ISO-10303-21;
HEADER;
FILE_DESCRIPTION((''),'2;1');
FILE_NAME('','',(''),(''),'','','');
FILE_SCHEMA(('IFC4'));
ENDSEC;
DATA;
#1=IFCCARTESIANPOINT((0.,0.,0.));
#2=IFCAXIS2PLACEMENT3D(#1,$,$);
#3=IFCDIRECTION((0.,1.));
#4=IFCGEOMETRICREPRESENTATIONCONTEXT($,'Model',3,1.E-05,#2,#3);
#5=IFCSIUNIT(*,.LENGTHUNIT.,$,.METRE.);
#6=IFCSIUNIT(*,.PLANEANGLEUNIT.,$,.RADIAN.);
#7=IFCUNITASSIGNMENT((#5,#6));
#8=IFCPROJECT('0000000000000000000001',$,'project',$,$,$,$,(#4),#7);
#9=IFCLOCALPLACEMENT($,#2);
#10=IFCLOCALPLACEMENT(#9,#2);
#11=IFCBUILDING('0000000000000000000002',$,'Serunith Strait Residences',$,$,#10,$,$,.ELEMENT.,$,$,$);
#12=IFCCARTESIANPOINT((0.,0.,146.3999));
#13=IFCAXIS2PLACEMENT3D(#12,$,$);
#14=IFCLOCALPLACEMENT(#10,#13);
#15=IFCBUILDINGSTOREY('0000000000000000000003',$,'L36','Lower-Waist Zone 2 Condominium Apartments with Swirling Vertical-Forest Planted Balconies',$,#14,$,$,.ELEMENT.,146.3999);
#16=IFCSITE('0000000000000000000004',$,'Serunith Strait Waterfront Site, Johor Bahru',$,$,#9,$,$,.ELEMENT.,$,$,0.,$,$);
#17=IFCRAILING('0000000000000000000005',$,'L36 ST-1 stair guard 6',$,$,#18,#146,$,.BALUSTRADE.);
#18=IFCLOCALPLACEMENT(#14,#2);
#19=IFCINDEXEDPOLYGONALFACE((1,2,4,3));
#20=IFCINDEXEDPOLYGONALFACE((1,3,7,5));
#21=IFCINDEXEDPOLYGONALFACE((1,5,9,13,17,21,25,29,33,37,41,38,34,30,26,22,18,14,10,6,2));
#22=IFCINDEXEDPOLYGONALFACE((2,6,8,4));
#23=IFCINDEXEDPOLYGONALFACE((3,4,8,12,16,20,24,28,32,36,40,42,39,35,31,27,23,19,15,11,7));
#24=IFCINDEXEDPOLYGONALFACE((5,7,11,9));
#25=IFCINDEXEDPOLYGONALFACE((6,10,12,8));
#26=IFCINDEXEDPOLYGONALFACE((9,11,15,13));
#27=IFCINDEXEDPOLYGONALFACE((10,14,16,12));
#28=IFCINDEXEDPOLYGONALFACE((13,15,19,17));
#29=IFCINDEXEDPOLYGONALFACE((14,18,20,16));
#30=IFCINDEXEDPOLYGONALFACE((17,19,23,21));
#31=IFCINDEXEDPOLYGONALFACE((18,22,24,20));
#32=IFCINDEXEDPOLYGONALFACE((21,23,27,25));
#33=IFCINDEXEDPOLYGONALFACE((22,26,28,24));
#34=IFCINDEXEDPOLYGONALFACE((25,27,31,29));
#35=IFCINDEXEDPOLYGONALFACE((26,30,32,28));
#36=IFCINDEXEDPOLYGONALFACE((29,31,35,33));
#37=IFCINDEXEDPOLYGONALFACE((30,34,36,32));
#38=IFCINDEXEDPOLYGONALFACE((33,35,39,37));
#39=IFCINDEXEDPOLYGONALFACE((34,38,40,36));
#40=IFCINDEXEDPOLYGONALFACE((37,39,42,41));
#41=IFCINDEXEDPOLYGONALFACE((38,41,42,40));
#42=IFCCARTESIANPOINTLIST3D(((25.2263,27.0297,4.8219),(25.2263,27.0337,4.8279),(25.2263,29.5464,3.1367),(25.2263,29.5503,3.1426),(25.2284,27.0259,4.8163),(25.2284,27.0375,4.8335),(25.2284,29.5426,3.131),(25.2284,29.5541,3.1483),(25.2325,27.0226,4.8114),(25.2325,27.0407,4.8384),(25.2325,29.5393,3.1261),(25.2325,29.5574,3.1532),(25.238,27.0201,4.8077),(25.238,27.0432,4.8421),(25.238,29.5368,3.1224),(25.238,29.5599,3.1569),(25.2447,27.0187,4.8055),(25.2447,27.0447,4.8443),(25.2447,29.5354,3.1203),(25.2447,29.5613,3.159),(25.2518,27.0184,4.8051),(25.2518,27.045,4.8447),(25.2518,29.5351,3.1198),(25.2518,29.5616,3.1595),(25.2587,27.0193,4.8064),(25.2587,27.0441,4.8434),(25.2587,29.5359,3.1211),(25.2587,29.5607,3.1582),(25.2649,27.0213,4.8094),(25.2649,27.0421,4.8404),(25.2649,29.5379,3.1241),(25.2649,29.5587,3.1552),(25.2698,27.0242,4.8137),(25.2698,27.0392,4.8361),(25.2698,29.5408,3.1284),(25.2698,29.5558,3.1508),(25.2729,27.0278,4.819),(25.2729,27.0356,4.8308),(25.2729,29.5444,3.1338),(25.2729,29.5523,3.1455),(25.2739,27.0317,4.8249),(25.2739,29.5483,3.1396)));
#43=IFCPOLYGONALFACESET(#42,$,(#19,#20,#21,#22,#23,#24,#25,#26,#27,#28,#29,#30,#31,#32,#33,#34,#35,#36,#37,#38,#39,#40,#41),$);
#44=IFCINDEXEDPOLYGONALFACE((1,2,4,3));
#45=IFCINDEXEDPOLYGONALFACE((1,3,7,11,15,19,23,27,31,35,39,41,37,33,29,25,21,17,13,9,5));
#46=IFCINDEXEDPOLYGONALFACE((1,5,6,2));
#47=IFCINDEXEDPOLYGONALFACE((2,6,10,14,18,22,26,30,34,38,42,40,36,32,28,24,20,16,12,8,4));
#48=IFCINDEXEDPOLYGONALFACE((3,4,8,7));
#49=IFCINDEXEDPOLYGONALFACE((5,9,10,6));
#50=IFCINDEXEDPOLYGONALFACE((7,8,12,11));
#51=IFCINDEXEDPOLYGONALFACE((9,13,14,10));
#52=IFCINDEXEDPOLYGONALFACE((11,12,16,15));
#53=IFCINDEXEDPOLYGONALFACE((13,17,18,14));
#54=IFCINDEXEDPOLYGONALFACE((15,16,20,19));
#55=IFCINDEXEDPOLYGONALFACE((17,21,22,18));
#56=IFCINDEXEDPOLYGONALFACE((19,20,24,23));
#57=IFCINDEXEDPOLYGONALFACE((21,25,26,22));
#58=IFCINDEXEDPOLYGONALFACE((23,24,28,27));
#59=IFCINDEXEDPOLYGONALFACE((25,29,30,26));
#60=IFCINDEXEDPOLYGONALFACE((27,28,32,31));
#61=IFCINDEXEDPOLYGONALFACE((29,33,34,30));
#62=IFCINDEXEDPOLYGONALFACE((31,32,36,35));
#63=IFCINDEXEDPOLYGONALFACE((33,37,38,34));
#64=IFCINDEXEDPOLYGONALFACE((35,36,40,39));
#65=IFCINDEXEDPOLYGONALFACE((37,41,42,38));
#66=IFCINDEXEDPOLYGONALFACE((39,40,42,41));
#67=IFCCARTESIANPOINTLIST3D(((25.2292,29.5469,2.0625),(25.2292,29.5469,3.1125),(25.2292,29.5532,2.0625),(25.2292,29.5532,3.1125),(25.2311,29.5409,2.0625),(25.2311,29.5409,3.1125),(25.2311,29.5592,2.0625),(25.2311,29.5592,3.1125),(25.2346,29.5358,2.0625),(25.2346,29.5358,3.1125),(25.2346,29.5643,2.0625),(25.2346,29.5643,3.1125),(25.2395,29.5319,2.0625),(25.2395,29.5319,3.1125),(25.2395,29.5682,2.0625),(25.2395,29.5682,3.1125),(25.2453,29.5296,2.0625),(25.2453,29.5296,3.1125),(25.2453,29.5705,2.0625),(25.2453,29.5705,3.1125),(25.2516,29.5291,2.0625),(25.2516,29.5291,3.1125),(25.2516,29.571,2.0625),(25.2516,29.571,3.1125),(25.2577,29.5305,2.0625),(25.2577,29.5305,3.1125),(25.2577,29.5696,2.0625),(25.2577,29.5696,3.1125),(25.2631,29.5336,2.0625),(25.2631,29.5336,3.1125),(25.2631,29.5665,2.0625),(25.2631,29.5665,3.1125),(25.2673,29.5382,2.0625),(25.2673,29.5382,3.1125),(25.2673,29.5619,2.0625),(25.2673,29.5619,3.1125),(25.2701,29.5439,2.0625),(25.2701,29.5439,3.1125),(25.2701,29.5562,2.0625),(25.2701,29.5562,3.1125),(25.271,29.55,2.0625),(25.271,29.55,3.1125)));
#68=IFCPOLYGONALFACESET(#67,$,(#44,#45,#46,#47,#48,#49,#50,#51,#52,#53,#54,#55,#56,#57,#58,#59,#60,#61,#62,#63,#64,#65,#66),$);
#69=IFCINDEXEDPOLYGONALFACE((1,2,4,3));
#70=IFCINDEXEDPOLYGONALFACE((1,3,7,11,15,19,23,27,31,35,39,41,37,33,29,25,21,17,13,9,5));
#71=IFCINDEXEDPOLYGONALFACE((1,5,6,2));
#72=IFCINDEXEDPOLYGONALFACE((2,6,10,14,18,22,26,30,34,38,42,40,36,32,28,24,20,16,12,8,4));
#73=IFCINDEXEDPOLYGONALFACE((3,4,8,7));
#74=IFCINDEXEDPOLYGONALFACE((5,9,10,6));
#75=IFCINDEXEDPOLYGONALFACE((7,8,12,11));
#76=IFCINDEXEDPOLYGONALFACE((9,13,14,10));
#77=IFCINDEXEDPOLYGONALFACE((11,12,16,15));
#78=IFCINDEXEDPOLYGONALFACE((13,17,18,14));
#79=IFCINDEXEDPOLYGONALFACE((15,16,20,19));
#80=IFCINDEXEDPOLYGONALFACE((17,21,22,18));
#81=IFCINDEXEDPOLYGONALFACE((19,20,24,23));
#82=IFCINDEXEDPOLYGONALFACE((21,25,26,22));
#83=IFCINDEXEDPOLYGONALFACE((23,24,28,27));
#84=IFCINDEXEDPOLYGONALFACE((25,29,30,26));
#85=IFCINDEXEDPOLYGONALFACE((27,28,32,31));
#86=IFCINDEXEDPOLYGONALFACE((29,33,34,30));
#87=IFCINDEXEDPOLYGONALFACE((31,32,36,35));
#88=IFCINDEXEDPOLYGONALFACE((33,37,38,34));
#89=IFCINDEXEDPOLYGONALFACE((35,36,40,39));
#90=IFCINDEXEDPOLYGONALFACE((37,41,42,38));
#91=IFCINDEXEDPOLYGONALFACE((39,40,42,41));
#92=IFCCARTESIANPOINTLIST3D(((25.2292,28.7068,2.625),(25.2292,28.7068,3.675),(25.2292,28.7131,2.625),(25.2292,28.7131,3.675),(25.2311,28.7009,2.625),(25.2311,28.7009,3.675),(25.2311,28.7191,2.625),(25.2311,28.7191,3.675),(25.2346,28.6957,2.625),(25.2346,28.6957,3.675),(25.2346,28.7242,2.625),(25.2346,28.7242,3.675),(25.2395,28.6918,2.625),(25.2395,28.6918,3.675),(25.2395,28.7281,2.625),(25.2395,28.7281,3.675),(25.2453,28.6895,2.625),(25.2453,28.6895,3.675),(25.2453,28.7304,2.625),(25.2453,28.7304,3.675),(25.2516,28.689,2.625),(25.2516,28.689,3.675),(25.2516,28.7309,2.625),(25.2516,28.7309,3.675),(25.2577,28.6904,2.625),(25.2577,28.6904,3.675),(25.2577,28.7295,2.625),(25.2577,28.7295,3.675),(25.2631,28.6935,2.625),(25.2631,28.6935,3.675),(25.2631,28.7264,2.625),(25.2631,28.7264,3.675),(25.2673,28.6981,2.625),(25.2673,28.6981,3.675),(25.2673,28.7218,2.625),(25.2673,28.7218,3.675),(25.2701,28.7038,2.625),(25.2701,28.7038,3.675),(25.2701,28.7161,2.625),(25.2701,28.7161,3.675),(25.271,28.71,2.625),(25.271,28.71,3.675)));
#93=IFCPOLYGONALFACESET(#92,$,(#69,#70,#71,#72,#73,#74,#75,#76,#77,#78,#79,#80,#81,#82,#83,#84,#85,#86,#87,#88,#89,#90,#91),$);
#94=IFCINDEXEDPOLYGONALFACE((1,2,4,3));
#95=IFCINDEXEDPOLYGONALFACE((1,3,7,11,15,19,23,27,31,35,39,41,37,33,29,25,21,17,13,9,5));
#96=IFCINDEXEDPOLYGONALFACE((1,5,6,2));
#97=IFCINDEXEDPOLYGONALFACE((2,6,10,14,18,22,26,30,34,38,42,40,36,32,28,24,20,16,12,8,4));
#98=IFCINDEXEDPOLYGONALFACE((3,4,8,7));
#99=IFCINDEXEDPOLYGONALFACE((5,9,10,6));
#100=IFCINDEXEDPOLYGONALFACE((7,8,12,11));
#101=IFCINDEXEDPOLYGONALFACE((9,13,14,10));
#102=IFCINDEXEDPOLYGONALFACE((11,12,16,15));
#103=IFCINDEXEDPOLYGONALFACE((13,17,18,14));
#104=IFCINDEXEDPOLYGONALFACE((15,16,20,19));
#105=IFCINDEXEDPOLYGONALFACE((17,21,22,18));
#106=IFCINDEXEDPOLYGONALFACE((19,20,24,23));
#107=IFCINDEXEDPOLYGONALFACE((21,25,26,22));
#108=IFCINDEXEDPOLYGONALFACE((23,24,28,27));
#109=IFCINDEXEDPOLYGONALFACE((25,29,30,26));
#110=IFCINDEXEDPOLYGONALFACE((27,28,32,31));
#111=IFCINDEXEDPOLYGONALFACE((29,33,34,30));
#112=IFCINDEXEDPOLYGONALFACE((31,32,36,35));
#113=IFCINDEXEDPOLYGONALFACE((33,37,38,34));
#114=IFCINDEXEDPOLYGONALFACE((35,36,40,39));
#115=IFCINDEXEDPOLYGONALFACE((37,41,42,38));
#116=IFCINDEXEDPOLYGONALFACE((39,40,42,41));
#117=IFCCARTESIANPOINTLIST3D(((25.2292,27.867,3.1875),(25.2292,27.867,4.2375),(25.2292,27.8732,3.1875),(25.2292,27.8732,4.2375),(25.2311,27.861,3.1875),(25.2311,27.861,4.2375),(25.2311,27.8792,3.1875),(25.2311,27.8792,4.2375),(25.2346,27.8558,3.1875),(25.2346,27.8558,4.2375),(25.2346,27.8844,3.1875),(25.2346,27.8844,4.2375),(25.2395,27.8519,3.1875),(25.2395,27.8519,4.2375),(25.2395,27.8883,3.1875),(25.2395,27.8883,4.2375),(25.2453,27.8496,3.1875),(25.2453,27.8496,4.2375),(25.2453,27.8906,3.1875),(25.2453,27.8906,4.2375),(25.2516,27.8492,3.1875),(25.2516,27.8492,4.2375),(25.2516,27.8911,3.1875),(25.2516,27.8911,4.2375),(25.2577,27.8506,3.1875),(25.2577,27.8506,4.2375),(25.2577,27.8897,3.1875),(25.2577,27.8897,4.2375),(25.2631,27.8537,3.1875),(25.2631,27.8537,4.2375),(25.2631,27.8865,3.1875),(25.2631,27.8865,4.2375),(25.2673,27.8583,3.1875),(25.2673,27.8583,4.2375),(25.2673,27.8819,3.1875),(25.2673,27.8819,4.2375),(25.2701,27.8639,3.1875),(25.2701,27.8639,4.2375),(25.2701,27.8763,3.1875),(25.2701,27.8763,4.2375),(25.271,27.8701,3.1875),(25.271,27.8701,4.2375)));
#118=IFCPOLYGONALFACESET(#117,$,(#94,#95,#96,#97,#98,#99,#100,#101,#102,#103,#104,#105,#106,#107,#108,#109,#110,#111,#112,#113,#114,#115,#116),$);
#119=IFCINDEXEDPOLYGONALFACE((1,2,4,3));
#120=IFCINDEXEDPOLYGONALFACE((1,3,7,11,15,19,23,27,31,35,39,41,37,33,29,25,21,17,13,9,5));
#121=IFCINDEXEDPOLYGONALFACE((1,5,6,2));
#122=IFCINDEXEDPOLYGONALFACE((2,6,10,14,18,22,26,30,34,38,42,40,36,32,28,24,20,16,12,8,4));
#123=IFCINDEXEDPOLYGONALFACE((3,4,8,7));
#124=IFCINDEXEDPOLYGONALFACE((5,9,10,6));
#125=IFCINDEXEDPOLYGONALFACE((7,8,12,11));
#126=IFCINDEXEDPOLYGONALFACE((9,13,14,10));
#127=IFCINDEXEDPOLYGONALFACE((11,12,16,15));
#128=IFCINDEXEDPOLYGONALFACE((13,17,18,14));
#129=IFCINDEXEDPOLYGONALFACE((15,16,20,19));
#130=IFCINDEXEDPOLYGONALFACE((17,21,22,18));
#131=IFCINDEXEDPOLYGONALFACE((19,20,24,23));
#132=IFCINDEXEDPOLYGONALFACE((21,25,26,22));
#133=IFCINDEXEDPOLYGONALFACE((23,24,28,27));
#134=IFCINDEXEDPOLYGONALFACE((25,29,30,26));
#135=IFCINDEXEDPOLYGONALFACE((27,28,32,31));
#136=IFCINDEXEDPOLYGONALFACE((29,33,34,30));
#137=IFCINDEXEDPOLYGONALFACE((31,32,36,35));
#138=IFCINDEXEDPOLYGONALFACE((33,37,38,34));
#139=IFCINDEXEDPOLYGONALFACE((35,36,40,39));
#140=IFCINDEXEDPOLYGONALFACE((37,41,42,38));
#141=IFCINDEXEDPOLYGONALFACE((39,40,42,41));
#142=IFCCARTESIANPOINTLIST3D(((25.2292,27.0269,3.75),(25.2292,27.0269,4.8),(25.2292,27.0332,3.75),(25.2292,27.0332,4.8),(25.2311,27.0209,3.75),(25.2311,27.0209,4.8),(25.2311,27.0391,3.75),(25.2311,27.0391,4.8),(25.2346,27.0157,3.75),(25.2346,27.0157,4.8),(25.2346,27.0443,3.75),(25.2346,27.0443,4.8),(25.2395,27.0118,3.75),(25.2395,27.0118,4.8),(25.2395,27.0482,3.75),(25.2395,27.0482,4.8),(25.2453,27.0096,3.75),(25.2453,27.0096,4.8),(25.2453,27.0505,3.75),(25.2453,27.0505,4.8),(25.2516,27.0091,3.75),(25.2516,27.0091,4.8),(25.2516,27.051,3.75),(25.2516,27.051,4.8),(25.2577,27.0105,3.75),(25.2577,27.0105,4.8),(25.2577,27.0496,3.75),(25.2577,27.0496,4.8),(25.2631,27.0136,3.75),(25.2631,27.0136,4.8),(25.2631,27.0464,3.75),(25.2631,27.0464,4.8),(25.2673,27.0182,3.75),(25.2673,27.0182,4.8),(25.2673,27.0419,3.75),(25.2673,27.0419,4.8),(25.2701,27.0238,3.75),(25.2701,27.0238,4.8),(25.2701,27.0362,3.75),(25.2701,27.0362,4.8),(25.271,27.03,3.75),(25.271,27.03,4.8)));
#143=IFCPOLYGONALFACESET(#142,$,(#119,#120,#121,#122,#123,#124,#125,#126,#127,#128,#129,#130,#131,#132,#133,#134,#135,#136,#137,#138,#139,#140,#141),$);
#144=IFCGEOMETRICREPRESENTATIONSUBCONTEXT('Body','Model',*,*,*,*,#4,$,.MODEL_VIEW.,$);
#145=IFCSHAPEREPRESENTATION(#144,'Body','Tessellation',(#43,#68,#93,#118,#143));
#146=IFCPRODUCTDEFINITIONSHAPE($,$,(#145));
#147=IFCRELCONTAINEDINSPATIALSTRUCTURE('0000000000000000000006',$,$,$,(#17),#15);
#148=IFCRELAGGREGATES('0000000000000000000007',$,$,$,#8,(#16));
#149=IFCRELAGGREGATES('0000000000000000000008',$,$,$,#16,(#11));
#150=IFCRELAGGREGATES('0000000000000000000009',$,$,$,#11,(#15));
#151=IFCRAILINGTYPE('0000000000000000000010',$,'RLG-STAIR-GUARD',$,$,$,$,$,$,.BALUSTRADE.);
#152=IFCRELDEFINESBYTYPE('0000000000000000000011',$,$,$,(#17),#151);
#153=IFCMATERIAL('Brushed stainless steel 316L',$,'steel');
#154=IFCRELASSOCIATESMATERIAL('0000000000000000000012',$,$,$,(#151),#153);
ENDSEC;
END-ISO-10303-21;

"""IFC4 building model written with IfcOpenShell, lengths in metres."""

from ifc_helpers import new_model, si_unit, direction, frame, origin, origin_2d, place, context, subcontext, project, spatial, circle, extrude, material, type_object, element, save


model = new_model("IFC4")

# Units and contexts
model_context = context("Model", 3, precision=1e-05, world=origin(), true_north=direction((0.0, 1.0)))
body_context = subcontext(model_context, "Body", "Model", "MODEL_VIEW")
ifc_project = project(units=[si_unit("LENGTHUNIT", "METRE"), si_unit("PLANEANGLEUNIT", "RADIAN")], contexts=[model_context])

# Site, building, storey
site_placement = place(None, origin())
site = spatial("IfcSite", under=ifc_project, at=site_placement, Name="Serunith Strait Waterfront Site, Johor Bahru", CompositionType="ELEMENT", RefElevation=0.0)
building_placement = place(site_placement, origin())
building = spatial("IfcBuilding", under=site, at=building_placement, Name="Serunith Strait Residences", CompositionType="ELEMENT")
storey_placement = place(building_placement, frame((0.0, 0.0, 146.3999)))
storey = spatial("IfcBuildingStorey", under=building, at=storey_placement, Name="L36", Description="Lower-Waist Zone 2 Condominium Apartments with Swirling Vertical-Forest Planted Balconies", CompositionType="ELEMENT", Elevation=146.3999)

# Railing
ifc_material_1 = material(Name="Brushed stainless steel 316L", Category="steel")
railing_type_1 = type_object("IfcRailingType", Name="RLG-STAIR-GUARD", PredefinedType="BALUSTRADE", material=ifc_material_1)
railing_1_placement = place(storey_placement, frame((25.25, 29.55, 2.0625)))
element("IfcRailing", 1, at=railing_1_placement, inside=storey, type_object=railing_type_1, Name="L36 ST-1 stair guard 6", PredefinedType="BALUSTRADE", context=body_context, shape_type="SweptSolid", body=[
    extrude(circle(Radius=0.0239, at=origin_2d()), frame((0.0, -0.0017, 1.0771), z_axis=(0.0, -0.830909, 0.556408), x_axis=(1.0, 0.0, 0.0)), (0.0, 0.0, 1.0), 3.0288),
    extrude(circle(Radius=0.021, at=origin_2d()), origin(), (0.0, 0.0, 1.0), 1.05),
    extrude(circle(Radius=0.021, at=origin_2d()), frame((0.0, -0.8401, 0.5625)), (0.0, 0.0, 1.0), 1.05),
    extrude(circle(Radius=0.021, at=origin_2d()), frame((0.0, -1.6799, 1.125)), (0.0, 0.0, 1.0), 1.05),
    extrude(circle(Radius=0.021, at=origin_2d()), frame((0.0, -2.52, 1.6875)), (0.0, 0.0, 1.0), 1.05),
])

save(model, "model.ifc")
